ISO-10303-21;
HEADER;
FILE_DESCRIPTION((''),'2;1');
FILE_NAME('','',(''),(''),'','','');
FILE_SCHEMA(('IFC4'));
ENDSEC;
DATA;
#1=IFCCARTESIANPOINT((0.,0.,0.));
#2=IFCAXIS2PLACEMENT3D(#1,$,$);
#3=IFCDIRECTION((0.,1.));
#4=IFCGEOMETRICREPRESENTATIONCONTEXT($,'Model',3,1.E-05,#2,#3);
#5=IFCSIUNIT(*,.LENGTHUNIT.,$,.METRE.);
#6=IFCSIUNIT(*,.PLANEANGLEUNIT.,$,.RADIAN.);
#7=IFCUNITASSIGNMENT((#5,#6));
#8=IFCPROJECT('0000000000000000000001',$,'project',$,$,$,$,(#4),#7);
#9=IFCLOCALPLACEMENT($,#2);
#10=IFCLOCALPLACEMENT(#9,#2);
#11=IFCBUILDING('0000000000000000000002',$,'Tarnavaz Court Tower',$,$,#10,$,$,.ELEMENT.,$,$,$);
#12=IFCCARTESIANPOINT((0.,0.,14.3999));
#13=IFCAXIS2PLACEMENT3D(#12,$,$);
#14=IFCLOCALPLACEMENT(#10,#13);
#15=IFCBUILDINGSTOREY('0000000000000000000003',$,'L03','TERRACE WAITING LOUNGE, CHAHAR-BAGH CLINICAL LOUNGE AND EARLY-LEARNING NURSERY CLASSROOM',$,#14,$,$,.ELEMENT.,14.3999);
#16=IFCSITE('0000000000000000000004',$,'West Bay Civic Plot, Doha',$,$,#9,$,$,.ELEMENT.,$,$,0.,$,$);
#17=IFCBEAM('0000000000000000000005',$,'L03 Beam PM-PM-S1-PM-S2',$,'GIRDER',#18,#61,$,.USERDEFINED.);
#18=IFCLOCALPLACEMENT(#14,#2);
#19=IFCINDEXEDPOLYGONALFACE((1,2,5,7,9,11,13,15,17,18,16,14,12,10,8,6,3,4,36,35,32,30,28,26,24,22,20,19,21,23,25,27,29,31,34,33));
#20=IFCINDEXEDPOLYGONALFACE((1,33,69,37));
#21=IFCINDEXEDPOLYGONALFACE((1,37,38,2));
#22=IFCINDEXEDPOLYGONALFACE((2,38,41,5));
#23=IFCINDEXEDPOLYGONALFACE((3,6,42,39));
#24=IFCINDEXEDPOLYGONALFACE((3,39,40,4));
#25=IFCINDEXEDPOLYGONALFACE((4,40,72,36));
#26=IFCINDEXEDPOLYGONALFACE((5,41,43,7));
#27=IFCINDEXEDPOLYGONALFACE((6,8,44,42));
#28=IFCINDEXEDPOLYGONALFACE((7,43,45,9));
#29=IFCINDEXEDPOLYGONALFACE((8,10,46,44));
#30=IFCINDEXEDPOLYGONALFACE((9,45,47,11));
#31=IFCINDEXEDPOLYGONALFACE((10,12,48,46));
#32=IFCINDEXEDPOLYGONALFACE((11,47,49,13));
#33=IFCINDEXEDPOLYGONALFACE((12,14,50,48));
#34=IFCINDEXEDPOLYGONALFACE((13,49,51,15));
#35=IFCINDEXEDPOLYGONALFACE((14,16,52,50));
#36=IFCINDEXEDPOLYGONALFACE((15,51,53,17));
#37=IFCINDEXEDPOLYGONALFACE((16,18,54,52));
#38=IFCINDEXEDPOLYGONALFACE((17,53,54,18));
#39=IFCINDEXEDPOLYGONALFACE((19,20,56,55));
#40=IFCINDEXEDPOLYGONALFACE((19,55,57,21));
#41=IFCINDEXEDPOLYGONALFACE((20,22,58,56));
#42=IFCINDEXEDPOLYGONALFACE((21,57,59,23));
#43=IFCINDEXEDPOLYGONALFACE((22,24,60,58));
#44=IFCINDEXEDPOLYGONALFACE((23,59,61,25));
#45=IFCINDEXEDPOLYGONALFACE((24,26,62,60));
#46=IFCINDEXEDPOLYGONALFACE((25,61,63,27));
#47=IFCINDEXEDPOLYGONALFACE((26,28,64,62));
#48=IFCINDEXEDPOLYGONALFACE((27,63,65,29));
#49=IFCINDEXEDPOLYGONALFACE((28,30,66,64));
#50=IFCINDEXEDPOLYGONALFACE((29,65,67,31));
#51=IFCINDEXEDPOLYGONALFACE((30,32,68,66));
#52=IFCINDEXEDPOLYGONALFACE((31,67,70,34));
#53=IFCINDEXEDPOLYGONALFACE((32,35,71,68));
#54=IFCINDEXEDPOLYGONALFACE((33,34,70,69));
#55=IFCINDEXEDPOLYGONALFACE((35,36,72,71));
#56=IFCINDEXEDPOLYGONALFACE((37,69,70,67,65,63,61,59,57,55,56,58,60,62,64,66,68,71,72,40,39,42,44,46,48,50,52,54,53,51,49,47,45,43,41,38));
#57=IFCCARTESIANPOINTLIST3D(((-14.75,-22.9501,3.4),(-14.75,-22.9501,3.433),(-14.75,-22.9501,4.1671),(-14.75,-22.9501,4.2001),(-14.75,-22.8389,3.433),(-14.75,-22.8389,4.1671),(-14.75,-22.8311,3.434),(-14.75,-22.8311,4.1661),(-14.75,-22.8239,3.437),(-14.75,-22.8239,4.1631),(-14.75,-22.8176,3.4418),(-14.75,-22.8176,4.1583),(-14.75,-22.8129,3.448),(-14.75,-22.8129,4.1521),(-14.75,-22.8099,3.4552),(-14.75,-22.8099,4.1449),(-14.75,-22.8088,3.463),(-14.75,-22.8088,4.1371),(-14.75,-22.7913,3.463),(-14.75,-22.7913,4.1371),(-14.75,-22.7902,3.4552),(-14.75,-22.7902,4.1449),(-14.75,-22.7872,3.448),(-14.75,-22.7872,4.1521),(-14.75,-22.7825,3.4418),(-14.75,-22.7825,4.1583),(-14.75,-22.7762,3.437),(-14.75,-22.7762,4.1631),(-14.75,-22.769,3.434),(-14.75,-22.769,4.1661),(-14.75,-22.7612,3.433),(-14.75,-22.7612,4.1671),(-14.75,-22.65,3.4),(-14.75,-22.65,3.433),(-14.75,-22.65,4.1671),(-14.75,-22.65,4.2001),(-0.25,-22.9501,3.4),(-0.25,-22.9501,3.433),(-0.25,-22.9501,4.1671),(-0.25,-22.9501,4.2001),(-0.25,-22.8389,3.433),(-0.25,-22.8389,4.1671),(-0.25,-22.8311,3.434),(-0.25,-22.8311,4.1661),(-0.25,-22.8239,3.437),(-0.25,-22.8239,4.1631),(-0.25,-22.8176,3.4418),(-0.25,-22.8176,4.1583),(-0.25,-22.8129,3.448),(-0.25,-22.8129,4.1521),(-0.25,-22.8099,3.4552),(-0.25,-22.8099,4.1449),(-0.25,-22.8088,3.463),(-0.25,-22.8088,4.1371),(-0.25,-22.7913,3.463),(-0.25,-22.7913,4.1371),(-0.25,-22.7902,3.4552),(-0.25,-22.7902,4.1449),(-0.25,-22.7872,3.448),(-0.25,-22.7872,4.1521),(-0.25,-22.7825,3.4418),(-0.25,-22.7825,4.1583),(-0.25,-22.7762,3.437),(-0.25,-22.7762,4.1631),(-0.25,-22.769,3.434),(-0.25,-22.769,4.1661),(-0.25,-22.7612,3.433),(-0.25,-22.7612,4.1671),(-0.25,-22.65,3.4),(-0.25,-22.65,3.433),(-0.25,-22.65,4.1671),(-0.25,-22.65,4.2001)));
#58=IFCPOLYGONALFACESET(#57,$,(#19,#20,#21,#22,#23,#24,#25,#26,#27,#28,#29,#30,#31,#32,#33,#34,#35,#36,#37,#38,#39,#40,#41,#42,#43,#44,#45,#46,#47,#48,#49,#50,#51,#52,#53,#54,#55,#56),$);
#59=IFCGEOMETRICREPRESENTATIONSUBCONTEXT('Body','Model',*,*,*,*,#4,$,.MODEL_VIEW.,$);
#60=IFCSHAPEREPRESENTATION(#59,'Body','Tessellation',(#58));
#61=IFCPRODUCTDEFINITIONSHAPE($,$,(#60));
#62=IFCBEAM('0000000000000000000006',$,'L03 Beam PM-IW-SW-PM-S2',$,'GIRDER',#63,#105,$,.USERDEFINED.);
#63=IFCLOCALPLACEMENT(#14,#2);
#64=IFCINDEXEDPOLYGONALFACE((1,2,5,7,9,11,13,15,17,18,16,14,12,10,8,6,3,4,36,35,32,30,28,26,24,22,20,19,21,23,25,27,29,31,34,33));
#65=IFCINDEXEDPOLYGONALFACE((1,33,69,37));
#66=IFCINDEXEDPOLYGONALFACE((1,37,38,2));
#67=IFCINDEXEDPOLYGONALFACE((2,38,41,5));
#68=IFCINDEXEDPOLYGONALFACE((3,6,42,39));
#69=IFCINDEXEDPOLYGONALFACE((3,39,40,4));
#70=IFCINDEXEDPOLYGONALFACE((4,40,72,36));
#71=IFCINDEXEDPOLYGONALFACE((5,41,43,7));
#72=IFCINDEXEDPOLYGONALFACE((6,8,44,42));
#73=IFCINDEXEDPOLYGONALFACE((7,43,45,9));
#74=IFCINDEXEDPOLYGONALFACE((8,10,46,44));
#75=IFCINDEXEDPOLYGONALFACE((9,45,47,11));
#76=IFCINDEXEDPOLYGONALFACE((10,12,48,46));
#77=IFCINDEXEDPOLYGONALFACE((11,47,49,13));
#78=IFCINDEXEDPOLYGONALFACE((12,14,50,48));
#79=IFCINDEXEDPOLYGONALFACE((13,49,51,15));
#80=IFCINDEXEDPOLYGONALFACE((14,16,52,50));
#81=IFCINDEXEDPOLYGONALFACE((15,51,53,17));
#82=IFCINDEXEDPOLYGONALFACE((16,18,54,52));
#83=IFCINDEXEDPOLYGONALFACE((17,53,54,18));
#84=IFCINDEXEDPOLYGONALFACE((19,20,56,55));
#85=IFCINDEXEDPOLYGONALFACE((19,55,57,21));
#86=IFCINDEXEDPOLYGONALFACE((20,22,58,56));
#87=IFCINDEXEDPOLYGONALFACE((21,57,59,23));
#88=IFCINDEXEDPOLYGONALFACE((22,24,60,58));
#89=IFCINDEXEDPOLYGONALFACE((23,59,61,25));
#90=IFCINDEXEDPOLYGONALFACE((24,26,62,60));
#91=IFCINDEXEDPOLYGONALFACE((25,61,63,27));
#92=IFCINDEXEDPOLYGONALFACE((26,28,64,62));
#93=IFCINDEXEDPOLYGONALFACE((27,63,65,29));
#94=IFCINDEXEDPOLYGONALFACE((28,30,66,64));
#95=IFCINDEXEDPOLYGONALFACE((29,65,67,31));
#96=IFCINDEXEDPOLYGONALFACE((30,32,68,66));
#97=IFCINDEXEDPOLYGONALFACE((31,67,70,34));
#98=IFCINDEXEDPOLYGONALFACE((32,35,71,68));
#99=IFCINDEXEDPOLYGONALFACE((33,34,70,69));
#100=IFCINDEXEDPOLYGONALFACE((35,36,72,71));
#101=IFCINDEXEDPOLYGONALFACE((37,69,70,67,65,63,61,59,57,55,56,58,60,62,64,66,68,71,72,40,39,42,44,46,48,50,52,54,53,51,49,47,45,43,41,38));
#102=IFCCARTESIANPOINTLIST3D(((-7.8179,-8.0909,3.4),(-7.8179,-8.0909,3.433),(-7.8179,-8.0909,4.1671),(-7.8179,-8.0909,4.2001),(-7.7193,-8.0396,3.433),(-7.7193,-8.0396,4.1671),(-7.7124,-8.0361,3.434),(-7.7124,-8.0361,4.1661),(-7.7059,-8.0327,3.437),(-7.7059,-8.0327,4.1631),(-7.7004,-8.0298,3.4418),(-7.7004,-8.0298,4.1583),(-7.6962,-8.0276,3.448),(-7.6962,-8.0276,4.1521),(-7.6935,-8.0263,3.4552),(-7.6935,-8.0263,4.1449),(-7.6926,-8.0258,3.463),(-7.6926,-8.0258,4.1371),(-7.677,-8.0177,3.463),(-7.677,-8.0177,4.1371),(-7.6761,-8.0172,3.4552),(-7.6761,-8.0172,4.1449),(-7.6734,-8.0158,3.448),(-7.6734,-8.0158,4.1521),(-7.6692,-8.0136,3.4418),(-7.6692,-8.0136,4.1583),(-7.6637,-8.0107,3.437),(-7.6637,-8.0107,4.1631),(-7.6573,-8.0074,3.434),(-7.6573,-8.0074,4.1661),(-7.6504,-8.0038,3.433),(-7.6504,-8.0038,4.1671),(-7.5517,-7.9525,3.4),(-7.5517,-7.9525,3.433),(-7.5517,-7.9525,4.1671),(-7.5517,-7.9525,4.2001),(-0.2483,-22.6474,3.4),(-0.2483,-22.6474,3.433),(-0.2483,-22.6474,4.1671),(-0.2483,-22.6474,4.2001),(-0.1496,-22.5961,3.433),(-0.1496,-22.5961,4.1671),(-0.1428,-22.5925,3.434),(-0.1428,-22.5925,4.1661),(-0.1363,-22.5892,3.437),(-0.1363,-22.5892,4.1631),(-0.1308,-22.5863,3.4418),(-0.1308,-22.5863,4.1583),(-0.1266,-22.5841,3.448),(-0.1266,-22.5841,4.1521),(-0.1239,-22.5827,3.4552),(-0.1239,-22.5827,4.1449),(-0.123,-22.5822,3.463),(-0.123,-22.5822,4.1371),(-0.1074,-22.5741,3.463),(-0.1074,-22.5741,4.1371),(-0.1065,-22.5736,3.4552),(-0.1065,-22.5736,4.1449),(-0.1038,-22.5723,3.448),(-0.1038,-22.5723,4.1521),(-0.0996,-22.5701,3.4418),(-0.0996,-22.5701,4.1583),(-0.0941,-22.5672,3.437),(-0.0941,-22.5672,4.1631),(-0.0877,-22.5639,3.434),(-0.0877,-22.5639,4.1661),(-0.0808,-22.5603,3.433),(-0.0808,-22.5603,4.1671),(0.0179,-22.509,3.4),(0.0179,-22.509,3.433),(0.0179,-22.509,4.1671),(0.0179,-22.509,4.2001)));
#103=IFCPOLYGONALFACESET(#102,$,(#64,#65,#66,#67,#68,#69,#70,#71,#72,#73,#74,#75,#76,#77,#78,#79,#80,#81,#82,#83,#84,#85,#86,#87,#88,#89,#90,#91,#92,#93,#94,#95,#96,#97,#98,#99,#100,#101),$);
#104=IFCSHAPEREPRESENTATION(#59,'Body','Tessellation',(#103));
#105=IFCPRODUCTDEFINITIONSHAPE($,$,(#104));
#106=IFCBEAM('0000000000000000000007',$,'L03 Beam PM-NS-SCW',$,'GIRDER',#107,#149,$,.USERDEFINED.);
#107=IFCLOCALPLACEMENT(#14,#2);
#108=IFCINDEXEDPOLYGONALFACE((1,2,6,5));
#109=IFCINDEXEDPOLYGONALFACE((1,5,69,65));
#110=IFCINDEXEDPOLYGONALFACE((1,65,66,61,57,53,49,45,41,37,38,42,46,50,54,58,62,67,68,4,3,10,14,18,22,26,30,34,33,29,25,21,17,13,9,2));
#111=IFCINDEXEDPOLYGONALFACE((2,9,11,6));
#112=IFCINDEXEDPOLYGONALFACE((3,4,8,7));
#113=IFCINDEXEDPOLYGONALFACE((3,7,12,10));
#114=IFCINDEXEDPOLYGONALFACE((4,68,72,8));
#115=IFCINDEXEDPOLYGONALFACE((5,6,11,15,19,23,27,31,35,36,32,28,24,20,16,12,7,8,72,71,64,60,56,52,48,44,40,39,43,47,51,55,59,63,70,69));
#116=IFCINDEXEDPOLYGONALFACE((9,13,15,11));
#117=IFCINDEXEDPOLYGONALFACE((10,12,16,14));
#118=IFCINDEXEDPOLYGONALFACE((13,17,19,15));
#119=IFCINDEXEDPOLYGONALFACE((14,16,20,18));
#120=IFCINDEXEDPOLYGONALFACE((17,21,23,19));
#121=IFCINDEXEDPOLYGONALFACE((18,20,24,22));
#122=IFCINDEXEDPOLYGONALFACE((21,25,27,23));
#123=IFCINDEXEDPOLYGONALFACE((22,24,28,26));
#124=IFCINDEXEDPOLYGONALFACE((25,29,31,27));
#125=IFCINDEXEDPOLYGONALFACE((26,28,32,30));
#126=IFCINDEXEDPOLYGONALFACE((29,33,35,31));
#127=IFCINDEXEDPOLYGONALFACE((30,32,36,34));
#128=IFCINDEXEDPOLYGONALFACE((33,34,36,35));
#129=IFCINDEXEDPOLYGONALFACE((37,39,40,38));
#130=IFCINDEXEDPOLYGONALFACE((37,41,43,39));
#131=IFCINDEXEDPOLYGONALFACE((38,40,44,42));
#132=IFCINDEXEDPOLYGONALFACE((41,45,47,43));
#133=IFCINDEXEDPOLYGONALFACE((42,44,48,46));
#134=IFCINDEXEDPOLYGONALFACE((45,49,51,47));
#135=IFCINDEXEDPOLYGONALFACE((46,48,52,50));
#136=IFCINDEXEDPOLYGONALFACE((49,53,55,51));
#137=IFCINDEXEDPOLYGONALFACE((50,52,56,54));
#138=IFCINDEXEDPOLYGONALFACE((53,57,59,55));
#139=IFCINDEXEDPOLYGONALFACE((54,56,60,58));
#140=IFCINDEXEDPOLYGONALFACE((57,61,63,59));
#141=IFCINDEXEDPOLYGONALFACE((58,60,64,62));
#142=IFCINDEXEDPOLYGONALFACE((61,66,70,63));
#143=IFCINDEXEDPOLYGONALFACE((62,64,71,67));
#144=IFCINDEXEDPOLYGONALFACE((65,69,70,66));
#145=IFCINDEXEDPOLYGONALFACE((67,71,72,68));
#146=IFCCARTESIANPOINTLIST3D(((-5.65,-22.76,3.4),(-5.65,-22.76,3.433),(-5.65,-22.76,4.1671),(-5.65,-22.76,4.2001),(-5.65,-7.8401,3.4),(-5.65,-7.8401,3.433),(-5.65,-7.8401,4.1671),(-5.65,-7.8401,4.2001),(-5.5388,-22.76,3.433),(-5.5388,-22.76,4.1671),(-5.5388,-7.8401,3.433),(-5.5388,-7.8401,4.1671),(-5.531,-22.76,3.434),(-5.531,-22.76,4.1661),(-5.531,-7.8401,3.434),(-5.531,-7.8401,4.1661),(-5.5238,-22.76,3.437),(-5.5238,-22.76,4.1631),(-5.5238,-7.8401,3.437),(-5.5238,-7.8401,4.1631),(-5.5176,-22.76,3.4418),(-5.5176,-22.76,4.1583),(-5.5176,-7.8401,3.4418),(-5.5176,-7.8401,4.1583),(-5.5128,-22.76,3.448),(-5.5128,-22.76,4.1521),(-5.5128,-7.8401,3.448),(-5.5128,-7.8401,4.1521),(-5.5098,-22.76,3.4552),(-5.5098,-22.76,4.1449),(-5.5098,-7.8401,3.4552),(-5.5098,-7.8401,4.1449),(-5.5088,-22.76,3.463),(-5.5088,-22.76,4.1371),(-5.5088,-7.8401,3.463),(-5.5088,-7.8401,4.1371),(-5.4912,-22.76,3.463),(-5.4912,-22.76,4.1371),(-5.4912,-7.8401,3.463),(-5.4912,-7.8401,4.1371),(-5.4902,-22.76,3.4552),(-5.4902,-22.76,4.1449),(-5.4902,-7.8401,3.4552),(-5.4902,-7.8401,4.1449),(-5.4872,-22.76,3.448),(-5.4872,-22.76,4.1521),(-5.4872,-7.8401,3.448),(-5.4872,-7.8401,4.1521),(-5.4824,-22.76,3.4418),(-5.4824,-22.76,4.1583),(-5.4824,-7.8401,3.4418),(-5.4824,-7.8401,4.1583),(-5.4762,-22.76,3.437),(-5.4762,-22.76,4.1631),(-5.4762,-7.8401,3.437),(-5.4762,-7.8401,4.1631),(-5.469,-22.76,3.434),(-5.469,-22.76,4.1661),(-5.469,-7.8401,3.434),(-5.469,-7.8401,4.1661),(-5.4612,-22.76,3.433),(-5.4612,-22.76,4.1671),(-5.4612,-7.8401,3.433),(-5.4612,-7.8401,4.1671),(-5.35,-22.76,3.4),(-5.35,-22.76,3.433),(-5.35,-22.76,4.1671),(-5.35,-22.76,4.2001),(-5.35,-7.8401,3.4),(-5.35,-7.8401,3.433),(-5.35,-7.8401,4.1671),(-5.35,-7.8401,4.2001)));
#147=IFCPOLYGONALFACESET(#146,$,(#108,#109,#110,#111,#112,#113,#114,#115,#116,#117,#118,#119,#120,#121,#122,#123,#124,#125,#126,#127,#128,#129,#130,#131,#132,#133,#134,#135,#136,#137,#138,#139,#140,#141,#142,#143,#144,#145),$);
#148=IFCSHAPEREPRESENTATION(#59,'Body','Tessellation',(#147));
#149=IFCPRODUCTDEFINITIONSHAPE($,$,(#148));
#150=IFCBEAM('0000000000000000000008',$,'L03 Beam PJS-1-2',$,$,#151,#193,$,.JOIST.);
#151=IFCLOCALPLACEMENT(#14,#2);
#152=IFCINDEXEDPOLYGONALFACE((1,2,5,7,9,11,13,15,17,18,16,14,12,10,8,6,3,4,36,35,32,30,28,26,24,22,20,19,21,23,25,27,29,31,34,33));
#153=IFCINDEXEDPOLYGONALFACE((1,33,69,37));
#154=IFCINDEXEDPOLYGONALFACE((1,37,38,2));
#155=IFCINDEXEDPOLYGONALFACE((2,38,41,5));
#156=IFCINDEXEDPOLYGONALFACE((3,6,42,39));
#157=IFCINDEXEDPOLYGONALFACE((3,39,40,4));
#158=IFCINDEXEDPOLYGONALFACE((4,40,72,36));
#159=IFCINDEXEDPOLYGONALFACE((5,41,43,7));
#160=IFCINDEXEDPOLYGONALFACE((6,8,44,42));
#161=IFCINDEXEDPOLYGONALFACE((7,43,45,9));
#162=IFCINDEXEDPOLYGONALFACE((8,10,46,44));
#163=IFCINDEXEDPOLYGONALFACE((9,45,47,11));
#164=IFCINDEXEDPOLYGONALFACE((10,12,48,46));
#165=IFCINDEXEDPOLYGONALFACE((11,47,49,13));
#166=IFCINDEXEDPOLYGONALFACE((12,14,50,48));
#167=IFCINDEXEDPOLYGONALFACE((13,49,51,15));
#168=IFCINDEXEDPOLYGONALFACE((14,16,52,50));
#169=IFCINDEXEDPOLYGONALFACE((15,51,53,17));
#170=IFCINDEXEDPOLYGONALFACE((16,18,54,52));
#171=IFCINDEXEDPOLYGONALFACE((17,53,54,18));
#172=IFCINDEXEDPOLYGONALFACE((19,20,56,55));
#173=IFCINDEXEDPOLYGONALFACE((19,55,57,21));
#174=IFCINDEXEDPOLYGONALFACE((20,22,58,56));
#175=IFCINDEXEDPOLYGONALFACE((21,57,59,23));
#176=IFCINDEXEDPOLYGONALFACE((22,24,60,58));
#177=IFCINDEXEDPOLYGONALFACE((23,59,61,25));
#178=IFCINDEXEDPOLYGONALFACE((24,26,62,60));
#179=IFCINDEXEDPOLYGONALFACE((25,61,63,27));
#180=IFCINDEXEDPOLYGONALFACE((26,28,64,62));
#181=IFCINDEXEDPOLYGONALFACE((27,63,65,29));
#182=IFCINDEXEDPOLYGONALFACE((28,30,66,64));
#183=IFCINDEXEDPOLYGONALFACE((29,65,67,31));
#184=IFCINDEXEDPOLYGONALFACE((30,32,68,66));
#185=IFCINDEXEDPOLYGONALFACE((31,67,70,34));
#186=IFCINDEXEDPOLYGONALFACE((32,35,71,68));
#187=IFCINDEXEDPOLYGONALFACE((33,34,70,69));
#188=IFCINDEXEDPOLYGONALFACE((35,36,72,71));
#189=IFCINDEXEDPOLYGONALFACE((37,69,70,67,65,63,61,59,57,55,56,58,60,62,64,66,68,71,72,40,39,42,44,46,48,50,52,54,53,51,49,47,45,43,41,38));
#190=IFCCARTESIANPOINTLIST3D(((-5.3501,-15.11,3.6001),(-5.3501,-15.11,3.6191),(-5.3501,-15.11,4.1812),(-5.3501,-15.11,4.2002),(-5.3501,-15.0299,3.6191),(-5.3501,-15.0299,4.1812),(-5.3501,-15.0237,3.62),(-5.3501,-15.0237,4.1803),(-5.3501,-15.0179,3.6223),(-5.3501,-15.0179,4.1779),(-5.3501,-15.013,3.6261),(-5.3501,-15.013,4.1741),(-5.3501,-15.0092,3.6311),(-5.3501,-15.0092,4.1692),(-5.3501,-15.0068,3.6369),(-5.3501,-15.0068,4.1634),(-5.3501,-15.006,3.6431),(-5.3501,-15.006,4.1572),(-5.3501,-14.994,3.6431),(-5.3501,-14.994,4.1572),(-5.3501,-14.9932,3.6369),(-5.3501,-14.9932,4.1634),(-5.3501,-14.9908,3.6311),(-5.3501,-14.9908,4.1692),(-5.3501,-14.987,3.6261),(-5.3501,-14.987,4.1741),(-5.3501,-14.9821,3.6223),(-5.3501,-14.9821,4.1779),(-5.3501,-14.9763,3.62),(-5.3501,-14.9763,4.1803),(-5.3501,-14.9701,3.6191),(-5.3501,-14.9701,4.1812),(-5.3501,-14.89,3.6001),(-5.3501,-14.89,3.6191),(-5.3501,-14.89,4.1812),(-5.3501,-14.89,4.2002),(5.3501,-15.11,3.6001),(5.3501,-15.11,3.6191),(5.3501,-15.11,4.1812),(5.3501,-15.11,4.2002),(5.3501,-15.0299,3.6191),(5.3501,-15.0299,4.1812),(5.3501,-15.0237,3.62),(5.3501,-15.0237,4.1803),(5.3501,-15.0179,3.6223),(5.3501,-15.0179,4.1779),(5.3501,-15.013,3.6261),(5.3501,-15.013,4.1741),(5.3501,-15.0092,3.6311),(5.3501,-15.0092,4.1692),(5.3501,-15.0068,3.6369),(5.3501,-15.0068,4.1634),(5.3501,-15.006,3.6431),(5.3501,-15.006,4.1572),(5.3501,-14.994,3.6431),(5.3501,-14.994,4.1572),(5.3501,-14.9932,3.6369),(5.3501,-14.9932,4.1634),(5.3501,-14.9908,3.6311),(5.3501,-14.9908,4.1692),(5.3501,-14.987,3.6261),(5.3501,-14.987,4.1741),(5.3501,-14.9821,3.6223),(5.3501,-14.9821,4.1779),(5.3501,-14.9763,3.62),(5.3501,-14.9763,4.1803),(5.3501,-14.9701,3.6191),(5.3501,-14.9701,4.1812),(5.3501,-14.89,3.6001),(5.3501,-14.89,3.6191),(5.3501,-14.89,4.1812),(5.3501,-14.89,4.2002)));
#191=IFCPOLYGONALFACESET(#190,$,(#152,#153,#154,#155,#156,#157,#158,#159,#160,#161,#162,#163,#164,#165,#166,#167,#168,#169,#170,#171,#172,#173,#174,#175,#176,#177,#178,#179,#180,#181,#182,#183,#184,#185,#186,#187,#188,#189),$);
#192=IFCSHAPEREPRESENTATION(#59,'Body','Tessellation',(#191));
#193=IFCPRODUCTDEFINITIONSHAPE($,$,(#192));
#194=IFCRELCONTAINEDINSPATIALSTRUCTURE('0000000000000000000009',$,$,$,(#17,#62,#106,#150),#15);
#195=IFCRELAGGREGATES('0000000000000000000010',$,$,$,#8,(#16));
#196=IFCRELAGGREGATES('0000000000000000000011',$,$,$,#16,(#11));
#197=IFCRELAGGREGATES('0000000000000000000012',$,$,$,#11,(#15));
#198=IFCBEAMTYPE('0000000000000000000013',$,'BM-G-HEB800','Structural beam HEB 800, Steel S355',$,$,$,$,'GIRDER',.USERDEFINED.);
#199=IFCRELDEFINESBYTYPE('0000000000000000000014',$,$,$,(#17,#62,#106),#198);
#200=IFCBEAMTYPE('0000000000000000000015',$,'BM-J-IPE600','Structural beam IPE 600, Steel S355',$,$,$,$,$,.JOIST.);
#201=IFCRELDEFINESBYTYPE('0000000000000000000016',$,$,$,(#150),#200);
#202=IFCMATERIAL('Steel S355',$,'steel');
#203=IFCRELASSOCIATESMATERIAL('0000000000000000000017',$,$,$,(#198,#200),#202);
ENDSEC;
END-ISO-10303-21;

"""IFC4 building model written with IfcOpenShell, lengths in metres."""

from ifc_helpers import new_model, si_unit, direction, frame, origin, origin_2d, place, context, subcontext, project, spatial, i_section, extrude, material, material_profile, profile_set, type_object, element, save


model = new_model("IFC4")

# Units and contexts
model_context = context("Model", 3, precision=1e-05, world=origin(), true_north=direction((0.0, 1.0)))
body_context = subcontext(model_context, "Body", "Model", "MODEL_VIEW")
ifc_project = project(units=[si_unit("LENGTHUNIT", "METRE"), si_unit("PLANEANGLEUNIT", "RADIAN")], contexts=[model_context])

# Site, building, storey
site_placement = place(None, origin())
site = spatial("IfcSite", under=ifc_project, at=site_placement, Name="West Bay Civic Plot, Doha", CompositionType="ELEMENT", RefElevation=0.0)
building_placement = place(site_placement, origin())
building = spatial("IfcBuilding", under=site, at=building_placement, Name="Tarnavaz Court Tower", CompositionType="ELEMENT")
storey_placement = place(building_placement, frame((0.0, 0.0, 14.3999)))
storey = spatial("IfcBuildingStorey", under=building, at=storey_placement, Name="L03", Description="TERRACE WAITING LOUNGE, CHAHAR-BAGH CLINICAL LOUNGE AND EARLY-LEARNING NURSERY CLASSROOM", CompositionType="ELEMENT", Elevation=14.3999)

# Beams
ifc_material_1 = material(Name="Steel S355", Category="steel")
ifc_material_profile_1 = material_profile(ifc_material_1, i_section(OverallWidth=0.3, OverallDepth=0.8, WebThickness=0.0176, FlangeThickness=0.033, FilletRadius=0.03, at=origin_2d()), Name="HEB 800")
ifc_profile_set_1 = profile_set([ifc_material_profile_1], Name="Steel S355")
beam_type_1 = type_object("IfcBeamType", Name="BM-G-HEB800", Description="Structural beam HEB 800, Steel S355", ElementType="GIRDER", PredefinedType="USERDEFINED", material=ifc_profile_set_1)
beam_1_placement = place(storey_placement, frame((-14.75, -22.8, 3.8), z_axis=(1.0, 0.0, 0.0), x_axis=(0.0, 1.0, 0.0)))
element("IfcBeam", 1, at=beam_1_placement, inside=storey, type_object=beam_type_1, Name="L03 Beam PM-PM-S1-PM-S2", ObjectType="GIRDER", PredefinedType="USERDEFINED", context=body_context, shape_type="SweptSolid", body=[
    extrude(i_section(OverallWidth=0.3, OverallDepth=0.8, WebThickness=0.0176, FlangeThickness=0.033, FilletRadius=0.03, at=origin_2d()), origin(), (0.0, 0.0, 1.0), 14.5),
])
beam_2_placement = place(storey_placement, frame((-7.6848, -8.0217, 3.8), z_axis=(0.461365, -0.88721, 0.0), x_axis=(0.88721, 0.461365, 0.0)))
element("IfcBeam", 2, at=beam_2_placement, inside=storey, type_object=beam_type_1, Name="L03 Beam PM-IW-SW-PM-S2", ObjectType="GIRDER", PredefinedType="USERDEFINED", context=body_context, shape_type="SweptSolid", body=[
    extrude(i_section(OverallWidth=0.3, OverallDepth=0.8, WebThickness=0.0176, FlangeThickness=0.033, FilletRadius=0.03, at=origin_2d()), origin(), (0.0, 0.0, 1.0), 16.407),
])
beam_3_placement = place(storey_placement, frame((-5.5, -7.8401, 3.8), z_axis=(0.0, -1.0, 0.0), x_axis=(1.0, 0.0, 0.0)))
element("IfcBeam", 3, at=beam_3_placement, inside=storey, type_object=beam_type_1, Name="L03 Beam PM-NS-SCW", ObjectType="GIRDER", PredefinedType="USERDEFINED", context=body_context, shape_type="SweptSolid", body=[
    extrude(i_section(OverallWidth=0.3, OverallDepth=0.8, WebThickness=0.0176, FlangeThickness=0.033, FilletRadius=0.03, at=origin_2d()), origin(), (0.0, 0.0, 1.0), 14.9199),
])
ifc_material_profile_2 = material_profile(ifc_material_1, i_section(OverallWidth=0.22, OverallDepth=0.6001, WebThickness=0.012, FlangeThickness=0.019, FilletRadius=0.0239, at=origin_2d()), Name="IPE 600")
ifc_profile_set_2 = profile_set([ifc_material_profile_2], Name="Steel S355")
beam_type_2 = type_object("IfcBeamType", Name="BM-J-IPE600", Description="Structural beam IPE 600, Steel S355", PredefinedType="JOIST", material=ifc_profile_set_2)
for number, where, z_axis, x_axis, name in (
    (4, (-5.3501, -15.0, 3.9001), (1.0, 0.0, 0.0), (0.0, 1.0, 0.0), "L03 Beam PJS-1-2"),
):
    element("IfcBeam", number, at=place(storey_placement, frame(where, z_axis=z_axis, x_axis=x_axis)), inside=storey, type_object=beam_type_2, Name=name, PredefinedType="JOIST", context=body_context, shape_type="SweptSolid", body=[
        extrude(i_section(OverallWidth=0.22, OverallDepth=0.6001, WebThickness=0.012, FlangeThickness=0.019, FilletRadius=0.0239, at=origin_2d()), origin(), (0.0, 0.0, 1.0), 10.7002),
    ])

save(model, "model.ifc")
